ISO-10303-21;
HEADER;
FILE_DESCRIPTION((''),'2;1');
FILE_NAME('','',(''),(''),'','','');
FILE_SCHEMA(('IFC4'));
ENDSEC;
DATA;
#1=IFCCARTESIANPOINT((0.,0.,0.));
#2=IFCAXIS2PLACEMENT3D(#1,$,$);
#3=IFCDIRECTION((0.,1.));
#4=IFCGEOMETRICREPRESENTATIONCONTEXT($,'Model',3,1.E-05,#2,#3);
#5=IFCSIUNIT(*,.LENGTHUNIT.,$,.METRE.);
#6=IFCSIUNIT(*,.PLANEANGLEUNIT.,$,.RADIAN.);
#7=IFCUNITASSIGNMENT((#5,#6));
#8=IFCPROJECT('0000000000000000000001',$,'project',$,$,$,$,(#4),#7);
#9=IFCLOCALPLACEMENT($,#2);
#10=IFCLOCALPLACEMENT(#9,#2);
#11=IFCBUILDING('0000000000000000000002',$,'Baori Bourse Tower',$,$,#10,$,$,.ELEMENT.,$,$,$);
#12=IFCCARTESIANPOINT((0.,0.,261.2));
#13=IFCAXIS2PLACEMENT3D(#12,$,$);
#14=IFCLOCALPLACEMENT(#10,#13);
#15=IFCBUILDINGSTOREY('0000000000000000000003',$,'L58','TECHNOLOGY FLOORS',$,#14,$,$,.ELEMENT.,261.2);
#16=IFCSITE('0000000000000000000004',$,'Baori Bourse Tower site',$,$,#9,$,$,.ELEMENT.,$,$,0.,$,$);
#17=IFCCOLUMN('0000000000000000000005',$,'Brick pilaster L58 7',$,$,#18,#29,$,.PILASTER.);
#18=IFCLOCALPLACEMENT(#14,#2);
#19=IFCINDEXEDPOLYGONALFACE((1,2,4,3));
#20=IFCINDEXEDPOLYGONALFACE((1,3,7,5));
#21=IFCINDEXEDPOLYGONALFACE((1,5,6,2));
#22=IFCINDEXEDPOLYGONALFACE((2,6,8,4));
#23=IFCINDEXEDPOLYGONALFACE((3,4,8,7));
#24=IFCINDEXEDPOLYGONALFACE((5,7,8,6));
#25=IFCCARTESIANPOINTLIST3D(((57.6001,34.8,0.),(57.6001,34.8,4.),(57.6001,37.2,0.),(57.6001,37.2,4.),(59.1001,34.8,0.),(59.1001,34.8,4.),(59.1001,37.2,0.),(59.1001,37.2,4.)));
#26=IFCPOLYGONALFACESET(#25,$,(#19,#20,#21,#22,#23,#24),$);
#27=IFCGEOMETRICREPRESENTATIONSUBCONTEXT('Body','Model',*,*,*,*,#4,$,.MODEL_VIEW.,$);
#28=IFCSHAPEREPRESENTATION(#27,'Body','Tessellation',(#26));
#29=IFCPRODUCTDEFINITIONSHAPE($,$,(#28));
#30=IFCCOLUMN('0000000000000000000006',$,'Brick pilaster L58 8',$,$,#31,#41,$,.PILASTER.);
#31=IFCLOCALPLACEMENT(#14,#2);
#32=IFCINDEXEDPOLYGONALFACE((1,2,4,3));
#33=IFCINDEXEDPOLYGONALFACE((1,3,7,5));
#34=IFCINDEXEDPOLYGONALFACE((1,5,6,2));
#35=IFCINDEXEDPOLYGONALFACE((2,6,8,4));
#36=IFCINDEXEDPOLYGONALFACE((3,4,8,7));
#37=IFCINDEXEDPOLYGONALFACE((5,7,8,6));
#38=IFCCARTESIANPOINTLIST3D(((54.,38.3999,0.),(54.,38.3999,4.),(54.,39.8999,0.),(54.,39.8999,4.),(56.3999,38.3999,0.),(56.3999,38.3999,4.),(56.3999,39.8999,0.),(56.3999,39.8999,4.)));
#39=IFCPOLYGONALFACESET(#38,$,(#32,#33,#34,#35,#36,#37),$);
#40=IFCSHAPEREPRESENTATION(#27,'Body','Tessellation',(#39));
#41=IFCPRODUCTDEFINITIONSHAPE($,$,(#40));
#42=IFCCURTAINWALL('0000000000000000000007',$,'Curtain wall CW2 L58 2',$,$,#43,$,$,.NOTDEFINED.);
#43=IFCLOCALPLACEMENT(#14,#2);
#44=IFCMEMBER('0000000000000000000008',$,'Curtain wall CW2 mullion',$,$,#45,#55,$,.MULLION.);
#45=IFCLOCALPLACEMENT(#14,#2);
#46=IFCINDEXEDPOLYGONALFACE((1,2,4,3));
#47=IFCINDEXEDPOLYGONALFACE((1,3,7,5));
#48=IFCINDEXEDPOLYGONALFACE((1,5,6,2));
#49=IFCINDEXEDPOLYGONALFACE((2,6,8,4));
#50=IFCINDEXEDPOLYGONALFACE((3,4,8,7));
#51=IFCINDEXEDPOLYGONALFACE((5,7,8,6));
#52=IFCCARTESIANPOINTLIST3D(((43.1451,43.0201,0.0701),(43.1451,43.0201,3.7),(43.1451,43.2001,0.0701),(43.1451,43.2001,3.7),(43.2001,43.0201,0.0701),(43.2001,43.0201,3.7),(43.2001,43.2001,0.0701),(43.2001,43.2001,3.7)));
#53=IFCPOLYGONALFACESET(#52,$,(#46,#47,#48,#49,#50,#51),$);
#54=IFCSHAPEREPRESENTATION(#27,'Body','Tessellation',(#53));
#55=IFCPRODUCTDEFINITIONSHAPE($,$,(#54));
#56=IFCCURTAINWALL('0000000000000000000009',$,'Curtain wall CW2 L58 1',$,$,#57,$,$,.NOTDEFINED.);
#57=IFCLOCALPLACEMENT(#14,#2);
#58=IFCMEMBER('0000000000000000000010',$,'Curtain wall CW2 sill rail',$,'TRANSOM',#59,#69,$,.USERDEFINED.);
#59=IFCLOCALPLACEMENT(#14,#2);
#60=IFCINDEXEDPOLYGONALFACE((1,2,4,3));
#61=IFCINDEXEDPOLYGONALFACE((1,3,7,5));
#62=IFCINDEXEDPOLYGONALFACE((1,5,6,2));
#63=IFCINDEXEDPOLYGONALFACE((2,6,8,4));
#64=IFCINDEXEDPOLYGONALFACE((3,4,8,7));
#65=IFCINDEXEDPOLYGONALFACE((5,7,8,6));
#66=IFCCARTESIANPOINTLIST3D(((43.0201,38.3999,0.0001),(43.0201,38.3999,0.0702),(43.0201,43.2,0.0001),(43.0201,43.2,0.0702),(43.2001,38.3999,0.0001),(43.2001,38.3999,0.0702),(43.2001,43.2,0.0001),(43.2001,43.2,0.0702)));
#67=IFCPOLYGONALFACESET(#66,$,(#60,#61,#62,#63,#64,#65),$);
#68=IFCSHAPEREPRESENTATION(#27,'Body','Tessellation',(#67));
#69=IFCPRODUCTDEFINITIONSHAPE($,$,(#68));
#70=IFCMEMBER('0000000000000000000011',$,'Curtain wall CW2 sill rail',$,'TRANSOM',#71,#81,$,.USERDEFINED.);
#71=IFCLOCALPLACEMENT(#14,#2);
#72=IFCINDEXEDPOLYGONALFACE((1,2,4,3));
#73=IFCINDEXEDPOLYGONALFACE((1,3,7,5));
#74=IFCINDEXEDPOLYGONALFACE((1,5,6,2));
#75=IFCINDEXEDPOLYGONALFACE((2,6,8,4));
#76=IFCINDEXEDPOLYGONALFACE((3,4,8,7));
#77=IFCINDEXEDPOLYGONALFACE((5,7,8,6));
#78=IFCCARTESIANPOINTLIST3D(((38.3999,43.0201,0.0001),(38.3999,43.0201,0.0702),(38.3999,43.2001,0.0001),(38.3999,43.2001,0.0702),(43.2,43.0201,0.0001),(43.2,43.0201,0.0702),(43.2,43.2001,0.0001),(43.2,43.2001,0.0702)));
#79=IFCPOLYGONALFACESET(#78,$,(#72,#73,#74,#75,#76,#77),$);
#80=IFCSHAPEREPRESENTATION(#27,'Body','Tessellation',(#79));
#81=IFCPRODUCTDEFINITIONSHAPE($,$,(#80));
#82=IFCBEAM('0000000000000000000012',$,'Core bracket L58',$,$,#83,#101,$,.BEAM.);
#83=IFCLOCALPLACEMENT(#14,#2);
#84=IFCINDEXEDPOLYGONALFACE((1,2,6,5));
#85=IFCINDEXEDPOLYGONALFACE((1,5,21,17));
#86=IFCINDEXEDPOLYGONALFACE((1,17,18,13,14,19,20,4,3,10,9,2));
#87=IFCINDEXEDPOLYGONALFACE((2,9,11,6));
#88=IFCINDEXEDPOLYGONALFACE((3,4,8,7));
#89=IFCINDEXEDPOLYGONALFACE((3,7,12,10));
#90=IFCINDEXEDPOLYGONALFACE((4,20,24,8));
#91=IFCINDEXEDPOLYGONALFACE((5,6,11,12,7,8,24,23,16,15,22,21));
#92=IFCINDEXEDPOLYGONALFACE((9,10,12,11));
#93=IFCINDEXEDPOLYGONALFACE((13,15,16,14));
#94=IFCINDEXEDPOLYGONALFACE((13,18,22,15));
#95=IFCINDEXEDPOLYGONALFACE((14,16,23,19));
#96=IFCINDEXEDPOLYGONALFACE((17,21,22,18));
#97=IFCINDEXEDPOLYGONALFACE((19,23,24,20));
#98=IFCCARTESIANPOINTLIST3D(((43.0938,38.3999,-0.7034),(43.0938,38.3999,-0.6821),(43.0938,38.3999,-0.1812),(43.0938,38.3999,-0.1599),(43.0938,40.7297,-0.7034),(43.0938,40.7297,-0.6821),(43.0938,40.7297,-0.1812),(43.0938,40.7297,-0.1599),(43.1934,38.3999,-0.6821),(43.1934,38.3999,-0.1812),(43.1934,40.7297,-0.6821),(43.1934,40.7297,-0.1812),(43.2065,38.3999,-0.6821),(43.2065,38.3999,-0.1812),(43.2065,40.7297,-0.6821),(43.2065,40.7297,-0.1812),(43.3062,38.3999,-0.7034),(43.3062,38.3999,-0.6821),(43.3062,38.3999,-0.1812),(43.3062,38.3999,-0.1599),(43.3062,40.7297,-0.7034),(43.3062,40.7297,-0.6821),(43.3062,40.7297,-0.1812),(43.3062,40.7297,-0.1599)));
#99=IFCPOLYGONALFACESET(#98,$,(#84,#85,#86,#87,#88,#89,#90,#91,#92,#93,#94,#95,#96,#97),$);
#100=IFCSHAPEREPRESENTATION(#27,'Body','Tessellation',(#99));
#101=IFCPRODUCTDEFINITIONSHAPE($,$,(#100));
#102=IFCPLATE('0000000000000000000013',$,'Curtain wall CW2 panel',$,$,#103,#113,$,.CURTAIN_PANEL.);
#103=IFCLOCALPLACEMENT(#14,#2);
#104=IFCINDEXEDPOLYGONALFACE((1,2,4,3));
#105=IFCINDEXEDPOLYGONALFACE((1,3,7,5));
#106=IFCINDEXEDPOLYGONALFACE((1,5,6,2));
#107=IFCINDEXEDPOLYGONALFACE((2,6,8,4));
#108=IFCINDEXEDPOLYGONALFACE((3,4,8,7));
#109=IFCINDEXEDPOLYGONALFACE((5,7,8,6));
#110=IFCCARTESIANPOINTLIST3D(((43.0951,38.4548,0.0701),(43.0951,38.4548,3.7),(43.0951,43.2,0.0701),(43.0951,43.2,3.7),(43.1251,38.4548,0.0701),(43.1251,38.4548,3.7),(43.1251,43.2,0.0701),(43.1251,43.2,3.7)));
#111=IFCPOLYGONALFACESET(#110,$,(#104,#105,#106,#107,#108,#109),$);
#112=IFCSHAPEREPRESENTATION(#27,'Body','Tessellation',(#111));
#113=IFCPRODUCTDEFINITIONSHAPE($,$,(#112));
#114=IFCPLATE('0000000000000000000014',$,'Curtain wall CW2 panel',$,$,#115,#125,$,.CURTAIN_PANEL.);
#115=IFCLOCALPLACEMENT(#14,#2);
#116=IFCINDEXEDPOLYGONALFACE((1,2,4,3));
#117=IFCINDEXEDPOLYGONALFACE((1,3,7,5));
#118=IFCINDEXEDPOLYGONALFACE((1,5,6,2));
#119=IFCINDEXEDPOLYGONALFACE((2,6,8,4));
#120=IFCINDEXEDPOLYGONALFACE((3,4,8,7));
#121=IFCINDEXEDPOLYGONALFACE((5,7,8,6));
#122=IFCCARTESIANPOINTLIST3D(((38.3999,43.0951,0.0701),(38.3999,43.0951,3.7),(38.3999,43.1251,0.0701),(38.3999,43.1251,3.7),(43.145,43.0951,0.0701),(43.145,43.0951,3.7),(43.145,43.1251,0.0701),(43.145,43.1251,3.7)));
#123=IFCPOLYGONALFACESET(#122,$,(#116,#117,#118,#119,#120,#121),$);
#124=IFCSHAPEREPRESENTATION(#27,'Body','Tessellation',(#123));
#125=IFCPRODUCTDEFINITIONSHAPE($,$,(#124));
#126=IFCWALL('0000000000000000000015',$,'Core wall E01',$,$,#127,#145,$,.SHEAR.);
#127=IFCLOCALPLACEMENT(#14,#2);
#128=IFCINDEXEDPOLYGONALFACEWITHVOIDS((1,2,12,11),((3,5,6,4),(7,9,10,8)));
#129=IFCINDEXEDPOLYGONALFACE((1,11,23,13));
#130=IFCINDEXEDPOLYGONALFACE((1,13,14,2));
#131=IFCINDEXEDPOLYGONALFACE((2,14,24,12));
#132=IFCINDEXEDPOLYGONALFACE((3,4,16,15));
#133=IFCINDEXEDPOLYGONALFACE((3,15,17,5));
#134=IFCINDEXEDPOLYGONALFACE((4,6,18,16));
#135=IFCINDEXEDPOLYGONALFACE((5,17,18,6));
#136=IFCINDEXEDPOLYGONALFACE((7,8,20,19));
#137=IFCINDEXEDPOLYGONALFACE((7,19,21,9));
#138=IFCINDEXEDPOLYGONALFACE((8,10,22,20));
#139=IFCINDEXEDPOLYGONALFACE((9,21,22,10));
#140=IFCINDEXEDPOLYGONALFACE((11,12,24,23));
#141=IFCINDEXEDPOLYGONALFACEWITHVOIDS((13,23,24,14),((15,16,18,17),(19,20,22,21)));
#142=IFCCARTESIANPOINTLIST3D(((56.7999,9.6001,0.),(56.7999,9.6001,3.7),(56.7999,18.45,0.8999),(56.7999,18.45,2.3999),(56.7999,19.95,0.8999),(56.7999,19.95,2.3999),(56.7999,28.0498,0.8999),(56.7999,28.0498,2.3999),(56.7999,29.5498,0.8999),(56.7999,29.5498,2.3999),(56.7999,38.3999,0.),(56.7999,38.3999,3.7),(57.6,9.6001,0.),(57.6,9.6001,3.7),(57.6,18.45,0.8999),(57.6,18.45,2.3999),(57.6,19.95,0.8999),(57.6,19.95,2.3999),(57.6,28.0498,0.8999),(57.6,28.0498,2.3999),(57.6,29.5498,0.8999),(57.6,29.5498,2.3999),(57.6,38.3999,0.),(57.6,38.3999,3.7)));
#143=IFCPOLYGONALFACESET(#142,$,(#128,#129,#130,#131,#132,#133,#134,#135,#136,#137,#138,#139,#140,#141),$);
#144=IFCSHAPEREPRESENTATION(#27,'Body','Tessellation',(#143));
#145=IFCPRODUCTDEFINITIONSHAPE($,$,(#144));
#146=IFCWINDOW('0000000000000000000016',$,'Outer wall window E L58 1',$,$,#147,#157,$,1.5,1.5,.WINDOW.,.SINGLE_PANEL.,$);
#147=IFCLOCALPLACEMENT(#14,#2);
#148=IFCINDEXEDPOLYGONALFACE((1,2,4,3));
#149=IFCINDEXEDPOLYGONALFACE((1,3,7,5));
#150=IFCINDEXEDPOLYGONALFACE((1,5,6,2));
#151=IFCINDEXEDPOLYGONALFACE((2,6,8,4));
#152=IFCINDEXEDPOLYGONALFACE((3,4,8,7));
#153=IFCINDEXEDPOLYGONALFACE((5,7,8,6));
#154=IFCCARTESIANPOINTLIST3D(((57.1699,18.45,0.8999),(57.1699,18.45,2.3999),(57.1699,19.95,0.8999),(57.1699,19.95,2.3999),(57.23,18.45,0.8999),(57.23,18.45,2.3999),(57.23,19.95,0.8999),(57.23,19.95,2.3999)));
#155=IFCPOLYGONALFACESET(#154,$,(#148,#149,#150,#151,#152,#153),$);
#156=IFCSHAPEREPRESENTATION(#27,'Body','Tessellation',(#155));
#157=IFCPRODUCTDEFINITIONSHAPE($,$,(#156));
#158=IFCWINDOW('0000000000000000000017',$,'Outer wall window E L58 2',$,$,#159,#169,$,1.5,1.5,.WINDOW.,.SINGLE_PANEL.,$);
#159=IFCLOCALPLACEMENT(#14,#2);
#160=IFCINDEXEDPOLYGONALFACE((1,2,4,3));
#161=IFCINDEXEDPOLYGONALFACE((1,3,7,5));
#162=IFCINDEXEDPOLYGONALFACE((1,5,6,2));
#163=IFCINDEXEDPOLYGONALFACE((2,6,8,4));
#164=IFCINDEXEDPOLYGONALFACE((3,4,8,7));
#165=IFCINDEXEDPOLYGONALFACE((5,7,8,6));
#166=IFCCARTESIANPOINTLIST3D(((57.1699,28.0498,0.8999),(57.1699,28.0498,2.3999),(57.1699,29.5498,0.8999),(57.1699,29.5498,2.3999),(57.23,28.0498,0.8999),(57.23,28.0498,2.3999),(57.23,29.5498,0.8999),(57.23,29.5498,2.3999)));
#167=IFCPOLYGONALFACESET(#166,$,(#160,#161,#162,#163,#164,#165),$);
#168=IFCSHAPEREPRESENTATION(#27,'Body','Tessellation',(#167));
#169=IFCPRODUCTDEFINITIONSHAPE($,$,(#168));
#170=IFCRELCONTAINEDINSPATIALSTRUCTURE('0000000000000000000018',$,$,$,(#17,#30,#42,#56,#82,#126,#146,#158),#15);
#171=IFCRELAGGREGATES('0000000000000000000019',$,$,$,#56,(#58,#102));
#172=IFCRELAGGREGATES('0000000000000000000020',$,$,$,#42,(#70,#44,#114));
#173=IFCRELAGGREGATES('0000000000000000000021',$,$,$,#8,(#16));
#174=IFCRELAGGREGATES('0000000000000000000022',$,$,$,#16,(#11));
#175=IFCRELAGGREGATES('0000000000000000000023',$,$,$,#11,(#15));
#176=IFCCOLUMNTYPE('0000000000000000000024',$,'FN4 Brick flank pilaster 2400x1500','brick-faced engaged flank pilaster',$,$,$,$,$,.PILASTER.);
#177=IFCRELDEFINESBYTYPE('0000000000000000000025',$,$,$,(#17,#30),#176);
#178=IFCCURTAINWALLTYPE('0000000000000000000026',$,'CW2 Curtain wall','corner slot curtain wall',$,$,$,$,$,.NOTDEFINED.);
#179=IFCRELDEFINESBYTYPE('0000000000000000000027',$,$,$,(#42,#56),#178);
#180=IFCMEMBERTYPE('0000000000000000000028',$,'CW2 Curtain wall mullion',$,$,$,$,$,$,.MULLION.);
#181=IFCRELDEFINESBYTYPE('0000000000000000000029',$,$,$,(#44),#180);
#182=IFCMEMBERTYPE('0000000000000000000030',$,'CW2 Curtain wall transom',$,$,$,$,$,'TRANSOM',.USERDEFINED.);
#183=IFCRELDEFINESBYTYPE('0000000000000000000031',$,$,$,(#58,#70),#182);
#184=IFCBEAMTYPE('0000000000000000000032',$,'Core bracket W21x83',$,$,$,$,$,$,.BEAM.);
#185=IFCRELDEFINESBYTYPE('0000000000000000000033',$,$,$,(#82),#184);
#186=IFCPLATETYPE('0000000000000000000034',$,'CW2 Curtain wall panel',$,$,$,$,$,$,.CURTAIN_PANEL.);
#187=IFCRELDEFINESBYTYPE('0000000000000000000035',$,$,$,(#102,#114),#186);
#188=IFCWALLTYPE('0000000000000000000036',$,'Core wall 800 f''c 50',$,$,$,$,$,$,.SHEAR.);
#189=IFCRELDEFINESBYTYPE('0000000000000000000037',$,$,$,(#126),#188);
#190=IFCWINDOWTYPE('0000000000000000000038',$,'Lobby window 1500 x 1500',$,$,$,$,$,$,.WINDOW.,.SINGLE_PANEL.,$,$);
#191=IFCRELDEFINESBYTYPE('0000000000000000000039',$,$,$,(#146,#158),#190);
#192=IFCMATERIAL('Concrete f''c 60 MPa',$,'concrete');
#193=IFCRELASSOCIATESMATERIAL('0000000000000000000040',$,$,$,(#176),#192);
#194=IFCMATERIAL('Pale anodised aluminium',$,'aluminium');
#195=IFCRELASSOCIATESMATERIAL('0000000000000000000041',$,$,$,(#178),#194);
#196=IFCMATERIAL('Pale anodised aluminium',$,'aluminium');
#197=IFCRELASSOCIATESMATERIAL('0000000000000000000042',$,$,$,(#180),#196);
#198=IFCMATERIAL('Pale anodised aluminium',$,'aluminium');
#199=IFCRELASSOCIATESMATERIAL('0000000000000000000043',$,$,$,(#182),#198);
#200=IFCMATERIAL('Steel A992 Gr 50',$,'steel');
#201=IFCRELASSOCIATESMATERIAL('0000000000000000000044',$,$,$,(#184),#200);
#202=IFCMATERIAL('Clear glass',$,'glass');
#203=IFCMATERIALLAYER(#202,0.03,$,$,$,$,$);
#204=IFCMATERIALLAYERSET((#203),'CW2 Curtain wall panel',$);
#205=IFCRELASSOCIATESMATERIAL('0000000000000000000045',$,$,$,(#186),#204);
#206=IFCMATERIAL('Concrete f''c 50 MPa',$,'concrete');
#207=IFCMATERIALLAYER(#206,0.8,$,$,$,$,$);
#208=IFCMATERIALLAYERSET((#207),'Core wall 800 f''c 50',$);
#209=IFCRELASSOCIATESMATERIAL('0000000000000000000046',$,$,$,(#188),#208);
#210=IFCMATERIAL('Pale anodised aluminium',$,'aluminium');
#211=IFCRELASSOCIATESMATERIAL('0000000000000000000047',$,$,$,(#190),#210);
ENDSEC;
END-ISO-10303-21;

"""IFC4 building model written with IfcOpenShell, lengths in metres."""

from ifc_helpers import new_model, si_unit, direction, frame, frame_2d, origin, origin_2d, place, context, subcontext, project, spatial, rectangle, i_section, extrude, material, layer, layer_set, material_profile, profile_set, type_object, element, fill, aggregate, save


model = new_model("IFC4")

# Units and contexts
model_context = context("Model", 3, precision=1e-05, world=origin(), true_north=direction((0.0, 1.0)))
body_context = subcontext(model_context, "Body", "Model", "MODEL_VIEW")
ifc_project = project(units=[si_unit("LENGTHUNIT", "METRE"), si_unit("PLANEANGLEUNIT", "RADIAN")], contexts=[model_context])

# Site, building, storey
site_placement = place(None, origin())
site = spatial("IfcSite", under=ifc_project, at=site_placement, Name="Baori Bourse Tower site", CompositionType="ELEMENT", RefElevation=0.0)
building_placement = place(site_placement, origin())
building = spatial("IfcBuilding", under=site, at=building_placement, Name="Baori Bourse Tower", CompositionType="ELEMENT")
storey_placement = place(building_placement, frame((0.0, 0.0, 261.2)))
storey = spatial("IfcBuildingStorey", under=building, at=storey_placement, Name="L58", Description="TECHNOLOGY FLOORS", CompositionType="ELEMENT", Elevation=261.2)

# Columns
ifc_material_1 = material(Name="Concrete f'c 60 MPa", Category="concrete")
ifc_material_profile_1 = material_profile(ifc_material_1, rectangle(XDim=2.3999, YDim=1.5, at=origin_2d()), Name="RC 2400x1500")
ifc_profile_set_1 = profile_set([ifc_material_profile_1], Name="Concrete f'c 60 MPa")
column_type = type_object("IfcColumnType", Name="FN4 Brick flank pilaster 2400x1500", Description="brick-faced engaged flank pilaster", PredefinedType="PILASTER", material=ifc_profile_set_1)
for number, where, z_axis, x_axis, name in (
    (1, (58.3501, 36.0, 0.0), (0.0, 0.0, 1.0), (0.0, 1.0, 0.0), "Brick pilaster L58 7"),
    (2, (55.2, 39.1499, 0.0), (0.0, 0.0, 1.0), (1.0, 0.0, 0.0), "Brick pilaster L58 8"),
):
    element("IfcColumn", number, at=place(storey_placement, frame(where, z_axis=z_axis, x_axis=x_axis)), inside=storey, type_object=column_type, Name=name, PredefinedType="PILASTER", context=body_context, shape_type="SweptSolid", body=[
        extrude(rectangle(XDim=2.3999, YDim=1.5, at=origin_2d()), origin(), (0.0, 0.0, 1.0), 4.0),
    ])

# Curtain walls, members
ifc_material_2 = material(Name="Pale anodised aluminium", Category="aluminium")
curtain_wall_type = type_object("IfcCurtainWallType", Name="CW2 Curtain wall", Description="corner slot curtain wall", PredefinedType="NOTDEFINED", material=ifc_material_2)
curtain_wall_1_placement = place(storey_placement, origin())
curtain_wall_1 = element("IfcCurtainWall", 3, at=curtain_wall_1_placement, inside=storey, type_object=curtain_wall_type, Name="Curtain wall CW2 L58 2", PredefinedType="NOTDEFINED")
ifc_material_3 = material(Name="Pale anodised aluminium", Category="aluminium")
ifc_material_profile_2 = material_profile(ifc_material_3, rectangle(XDim=0.1799, YDim=0.0549, at=origin_2d()), Name="Mullion 55x180")
ifc_profile_set_2 = profile_set([ifc_material_profile_2], Name="Pale anodised aluminium")
member_type_1 = type_object("IfcMemberType", Name="CW2 Curtain wall mullion", PredefinedType="MULLION", material=ifc_profile_set_2)
member_1_placement = place(storey_placement, frame((43.1726, 43.1101, 0.0701), z_axis=(0.0, 0.0, 1.0), x_axis=(0.0, -1.0, 0.0)))
member_1 = element("IfcMember", 4, at=member_1_placement, type_object=member_type_1, Name="Curtain wall CW2 mullion", PredefinedType="MULLION", context=body_context, shape_type="SweptSolid", body=[
    extrude(rectangle(XDim=0.1799, YDim=0.0549, at=origin_2d()), origin(), (0.0, 0.0, 1.0), 3.6299),
])
curtain_wall_2_placement = place(storey_placement, origin())
curtain_wall_2 = element("IfcCurtainWall", 5, at=curtain_wall_2_placement, inside=storey, type_object=curtain_wall_type, Name="Curtain wall CW2 L58 1", PredefinedType="NOTDEFINED")
ifc_material_4 = material(Name="Pale anodised aluminium", Category="aluminium")
ifc_material_profile_3 = material_profile(ifc_material_4, rectangle(XDim=0.1799, YDim=0.0701, at=origin_2d()), Name="Transom 70x180")
ifc_profile_set_3 = profile_set([ifc_material_profile_3], Name="Pale anodised aluminium")
member_type_2 = type_object("IfcMemberType", Name="CW2 Curtain wall transom", ElementType="TRANSOM", PredefinedType="USERDEFINED", material=ifc_profile_set_3)
member_2_placement = place(storey_placement, frame((43.1101, 38.3999, 0.0352), z_axis=(0.0, 1.0, 0.0), x_axis=(-1.0, 0.0, 0.0)))
member_2 = element("IfcMember", 6, at=member_2_placement, type_object=member_type_2, Name="Curtain wall CW2 sill rail", ObjectType="TRANSOM", PredefinedType="USERDEFINED", context=body_context, shape_type="SweptSolid", body=[
    extrude(rectangle(XDim=0.1799, YDim=0.0701, at=origin_2d()), origin(), (0.0, 0.0, 1.0), 4.8),
])

# Member
member_3_placement = place(storey_placement, frame((43.2, 43.1101, 0.0352), z_axis=(-1.0, 0.0, 0.0), x_axis=(0.0, -1.0, 0.0)))
member_3 = element("IfcMember", 7, at=member_3_placement, type_object=member_type_2, Name="Curtain wall CW2 sill rail", ObjectType="TRANSOM", PredefinedType="USERDEFINED", context=body_context, shape_type="SweptSolid", body=[
    extrude(rectangle(XDim=0.1799, YDim=0.0701, at=origin_2d()), origin(), (0.0, 0.0, 1.0), 4.8),
])

# Beam
ifc_material_5 = material(Name="Steel A992 Gr 50", Category="steel")
ifc_material_profile_4 = material_profile(ifc_material_5, i_section(OverallWidth=0.2124, OverallDepth=0.5435, WebThickness=0.0132, FlangeThickness=0.0212, at=origin_2d()), Name="W21x83")
ifc_profile_set_4 = profile_set([ifc_material_profile_4], Name="Steel A992 Gr 50")
beam_type = type_object("IfcBeamType", Name="Core bracket W21x83", PredefinedType="BEAM", material=ifc_profile_set_4)
beam_placement = place(storey_placement, frame((43.2, 38.3999, -0.4316), z_axis=(0.0, 1.0, 0.0), x_axis=(-1.0, 0.0, 0.0)))
element("IfcBeam", 8, at=beam_placement, inside=storey, type_object=beam_type, Name="Core bracket L58", PredefinedType="BEAM", context=body_context, shape_type="SweptSolid", body=[
    extrude(i_section(OverallWidth=0.2124, OverallDepth=0.5435, WebThickness=0.0132, FlangeThickness=0.0212, at=origin_2d()), origin(), (0.0, 0.0, 1.0), 2.3298),
])

# Plates
ifc_material_6 = material(Name="Clear glass", Category="glass")
ifc_layer_1 = layer(ifc_material_6, 0.03)
ifc_layer_set_1 = layer_set([ifc_layer_1], Name="CW2 Curtain wall panel")
plate_type = type_object("IfcPlateType", Name="CW2 Curtain wall panel", PredefinedType="CURTAIN_PANEL", material=ifc_layer_set_1)
plate_1_placement = place(storey_placement, frame((43.1101, 40.8274, 0.0701), z_axis=(0.0, 0.0, 1.0), x_axis=(0.0, 1.0, 0.0)))
plate_1 = element("IfcPlate", 9, at=plate_1_placement, type_object=plate_type, Name="Curtain wall CW2 panel", PredefinedType="CURTAIN_PANEL", context=body_context, shape_type="SweptSolid", body=[
    extrude(rectangle(XDim=4.7451, YDim=0.03, at=origin_2d()), origin(), (0.0, 0.0, 1.0), 3.6299),
])
aggregate(curtain_wall_2, [member_2, plate_1])
plate_2_placement = place(storey_placement, frame((40.7725, 43.1101, 0.0701), z_axis=(0.0, 0.0, 1.0), x_axis=(-1.0, 0.0, 0.0)))
plate_2 = element("IfcPlate", 10, at=plate_2_placement, type_object=plate_type, Name="Curtain wall CW2 panel", PredefinedType="CURTAIN_PANEL", context=body_context, shape_type="SweptSolid", body=[
    extrude(rectangle(XDim=4.7451, YDim=0.03, at=origin_2d()), origin(), (0.0, 0.0, 1.0), 3.6299),
])
aggregate(curtain_wall_1, [member_3, member_1, plate_2])

# Wall, openings, windows
ifc_material_7 = material(Name="Concrete f'c 50 MPa", Category="concrete")
ifc_layer_2 = layer(ifc_material_7, 0.8)
ifc_layer_set_2 = layer_set([ifc_layer_2], Name="Core wall 800 f'c 50")
wall_type_1 = type_object("IfcWallType", Name="Core wall 800 f'c 50", PredefinedType="SHEAR", material=ifc_layer_set_2)
wall_1_placement = place(storey_placement, frame((57.2, 38.3999, 0.0), z_axis=(0.0, 0.0, 1.0), x_axis=(0.0, -1.0, 0.0)))
wall_1 = element("IfcWall", 11, at=wall_1_placement, inside=storey, type_object=wall_type_1, Name="Core wall E01", PredefinedType="SHEAR", context=body_context, shape_type="SweptSolid", body=[
    extrude(rectangle(XDim=28.7998, YDim=0.8, at=frame_2d((14.3999, 0.0))), origin(), (0.0, 0.0, 1.0), 3.7),
])
opening_1_placement = place(wall_1_placement, frame((18.45, 0.0, 0.8999)))
opening_1 = element("IfcOpeningElement", 12, at=opening_1_placement, cuts=wall_1, PredefinedType="OPENING", context=body_context, shape_type="SweptSolid", body=[
    extrude(rectangle(XDim=1.5, YDim=1.5, at=frame_2d((0.75, 0.75))), frame((0.0, 0.4099, 0.0), z_axis=(0.0, -1.0, 0.0), x_axis=(1.0, 0.0, 0.0)), (0.0, 0.0, 1.0), 0.8201),
])
opening_2_placement = place(wall_1_placement, frame((8.8501, 0.0, 0.8999)))
opening_2 = element("IfcOpeningElement", 13, at=opening_2_placement, cuts=wall_1, PredefinedType="OPENING", context=body_context, shape_type="SweptSolid", body=[
    extrude(rectangle(XDim=1.5, YDim=1.5, at=frame_2d((0.75, 0.75))), frame((0.0, 0.4099, 0.0), z_axis=(0.0, -1.0, 0.0), x_axis=(1.0, 0.0, 0.0)), (0.0, 0.0, 1.0), 0.8201),
])
ifc_material_8 = material(Name="Pale anodised aluminium", Category="aluminium")
window_type_1 = type_object("IfcWindowType", Name="Lobby window 1500 x 1500", PartitioningType="SINGLE_PANEL", PredefinedType="WINDOW", material=ifc_material_8)
window_1_placement = place(opening_1_placement, origin())
window_1 = element("IfcWindow", 14, at=window_1_placement, inside=storey, type_object=window_type_1, Name="Outer wall window E L58 1", OverallHeight=1.5, OverallWidth=1.5, PartitioningType="SINGLE_PANEL", PredefinedType="WINDOW", context=body_context, shape_type="SweptSolid", body=[
    extrude(rectangle(XDim=1.5, YDim=1.5, at=frame_2d((0.75, 0.75))), frame((0.0, 0.03, 0.0), z_axis=(0.0, -1.0, 0.0), x_axis=(1.0, 0.0, 0.0)), (0.0, 0.0, 1.0), 0.0601),
])
fill(opening_1, window_1)
window_2_placement = place(opening_2_placement, origin())
window_2 = element("IfcWindow", 15, at=window_2_placement, inside=storey, type_object=window_type_1, Name="Outer wall window E L58 2", OverallHeight=1.5, OverallWidth=1.5, PartitioningType="SINGLE_PANEL", PredefinedType="WINDOW", context=body_context, shape_type="SweptSolid", body=[
    extrude(rectangle(XDim=1.5, YDim=1.5, at=frame_2d((0.75, 0.75))), frame((0.0, 0.03, 0.0), z_axis=(0.0, -1.0, 0.0), x_axis=(1.0, 0.0, 0.0)), (0.0, 0.0, 1.0), 0.0601),
])
fill(opening_2, window_2)

save(model, "model.ifc")
